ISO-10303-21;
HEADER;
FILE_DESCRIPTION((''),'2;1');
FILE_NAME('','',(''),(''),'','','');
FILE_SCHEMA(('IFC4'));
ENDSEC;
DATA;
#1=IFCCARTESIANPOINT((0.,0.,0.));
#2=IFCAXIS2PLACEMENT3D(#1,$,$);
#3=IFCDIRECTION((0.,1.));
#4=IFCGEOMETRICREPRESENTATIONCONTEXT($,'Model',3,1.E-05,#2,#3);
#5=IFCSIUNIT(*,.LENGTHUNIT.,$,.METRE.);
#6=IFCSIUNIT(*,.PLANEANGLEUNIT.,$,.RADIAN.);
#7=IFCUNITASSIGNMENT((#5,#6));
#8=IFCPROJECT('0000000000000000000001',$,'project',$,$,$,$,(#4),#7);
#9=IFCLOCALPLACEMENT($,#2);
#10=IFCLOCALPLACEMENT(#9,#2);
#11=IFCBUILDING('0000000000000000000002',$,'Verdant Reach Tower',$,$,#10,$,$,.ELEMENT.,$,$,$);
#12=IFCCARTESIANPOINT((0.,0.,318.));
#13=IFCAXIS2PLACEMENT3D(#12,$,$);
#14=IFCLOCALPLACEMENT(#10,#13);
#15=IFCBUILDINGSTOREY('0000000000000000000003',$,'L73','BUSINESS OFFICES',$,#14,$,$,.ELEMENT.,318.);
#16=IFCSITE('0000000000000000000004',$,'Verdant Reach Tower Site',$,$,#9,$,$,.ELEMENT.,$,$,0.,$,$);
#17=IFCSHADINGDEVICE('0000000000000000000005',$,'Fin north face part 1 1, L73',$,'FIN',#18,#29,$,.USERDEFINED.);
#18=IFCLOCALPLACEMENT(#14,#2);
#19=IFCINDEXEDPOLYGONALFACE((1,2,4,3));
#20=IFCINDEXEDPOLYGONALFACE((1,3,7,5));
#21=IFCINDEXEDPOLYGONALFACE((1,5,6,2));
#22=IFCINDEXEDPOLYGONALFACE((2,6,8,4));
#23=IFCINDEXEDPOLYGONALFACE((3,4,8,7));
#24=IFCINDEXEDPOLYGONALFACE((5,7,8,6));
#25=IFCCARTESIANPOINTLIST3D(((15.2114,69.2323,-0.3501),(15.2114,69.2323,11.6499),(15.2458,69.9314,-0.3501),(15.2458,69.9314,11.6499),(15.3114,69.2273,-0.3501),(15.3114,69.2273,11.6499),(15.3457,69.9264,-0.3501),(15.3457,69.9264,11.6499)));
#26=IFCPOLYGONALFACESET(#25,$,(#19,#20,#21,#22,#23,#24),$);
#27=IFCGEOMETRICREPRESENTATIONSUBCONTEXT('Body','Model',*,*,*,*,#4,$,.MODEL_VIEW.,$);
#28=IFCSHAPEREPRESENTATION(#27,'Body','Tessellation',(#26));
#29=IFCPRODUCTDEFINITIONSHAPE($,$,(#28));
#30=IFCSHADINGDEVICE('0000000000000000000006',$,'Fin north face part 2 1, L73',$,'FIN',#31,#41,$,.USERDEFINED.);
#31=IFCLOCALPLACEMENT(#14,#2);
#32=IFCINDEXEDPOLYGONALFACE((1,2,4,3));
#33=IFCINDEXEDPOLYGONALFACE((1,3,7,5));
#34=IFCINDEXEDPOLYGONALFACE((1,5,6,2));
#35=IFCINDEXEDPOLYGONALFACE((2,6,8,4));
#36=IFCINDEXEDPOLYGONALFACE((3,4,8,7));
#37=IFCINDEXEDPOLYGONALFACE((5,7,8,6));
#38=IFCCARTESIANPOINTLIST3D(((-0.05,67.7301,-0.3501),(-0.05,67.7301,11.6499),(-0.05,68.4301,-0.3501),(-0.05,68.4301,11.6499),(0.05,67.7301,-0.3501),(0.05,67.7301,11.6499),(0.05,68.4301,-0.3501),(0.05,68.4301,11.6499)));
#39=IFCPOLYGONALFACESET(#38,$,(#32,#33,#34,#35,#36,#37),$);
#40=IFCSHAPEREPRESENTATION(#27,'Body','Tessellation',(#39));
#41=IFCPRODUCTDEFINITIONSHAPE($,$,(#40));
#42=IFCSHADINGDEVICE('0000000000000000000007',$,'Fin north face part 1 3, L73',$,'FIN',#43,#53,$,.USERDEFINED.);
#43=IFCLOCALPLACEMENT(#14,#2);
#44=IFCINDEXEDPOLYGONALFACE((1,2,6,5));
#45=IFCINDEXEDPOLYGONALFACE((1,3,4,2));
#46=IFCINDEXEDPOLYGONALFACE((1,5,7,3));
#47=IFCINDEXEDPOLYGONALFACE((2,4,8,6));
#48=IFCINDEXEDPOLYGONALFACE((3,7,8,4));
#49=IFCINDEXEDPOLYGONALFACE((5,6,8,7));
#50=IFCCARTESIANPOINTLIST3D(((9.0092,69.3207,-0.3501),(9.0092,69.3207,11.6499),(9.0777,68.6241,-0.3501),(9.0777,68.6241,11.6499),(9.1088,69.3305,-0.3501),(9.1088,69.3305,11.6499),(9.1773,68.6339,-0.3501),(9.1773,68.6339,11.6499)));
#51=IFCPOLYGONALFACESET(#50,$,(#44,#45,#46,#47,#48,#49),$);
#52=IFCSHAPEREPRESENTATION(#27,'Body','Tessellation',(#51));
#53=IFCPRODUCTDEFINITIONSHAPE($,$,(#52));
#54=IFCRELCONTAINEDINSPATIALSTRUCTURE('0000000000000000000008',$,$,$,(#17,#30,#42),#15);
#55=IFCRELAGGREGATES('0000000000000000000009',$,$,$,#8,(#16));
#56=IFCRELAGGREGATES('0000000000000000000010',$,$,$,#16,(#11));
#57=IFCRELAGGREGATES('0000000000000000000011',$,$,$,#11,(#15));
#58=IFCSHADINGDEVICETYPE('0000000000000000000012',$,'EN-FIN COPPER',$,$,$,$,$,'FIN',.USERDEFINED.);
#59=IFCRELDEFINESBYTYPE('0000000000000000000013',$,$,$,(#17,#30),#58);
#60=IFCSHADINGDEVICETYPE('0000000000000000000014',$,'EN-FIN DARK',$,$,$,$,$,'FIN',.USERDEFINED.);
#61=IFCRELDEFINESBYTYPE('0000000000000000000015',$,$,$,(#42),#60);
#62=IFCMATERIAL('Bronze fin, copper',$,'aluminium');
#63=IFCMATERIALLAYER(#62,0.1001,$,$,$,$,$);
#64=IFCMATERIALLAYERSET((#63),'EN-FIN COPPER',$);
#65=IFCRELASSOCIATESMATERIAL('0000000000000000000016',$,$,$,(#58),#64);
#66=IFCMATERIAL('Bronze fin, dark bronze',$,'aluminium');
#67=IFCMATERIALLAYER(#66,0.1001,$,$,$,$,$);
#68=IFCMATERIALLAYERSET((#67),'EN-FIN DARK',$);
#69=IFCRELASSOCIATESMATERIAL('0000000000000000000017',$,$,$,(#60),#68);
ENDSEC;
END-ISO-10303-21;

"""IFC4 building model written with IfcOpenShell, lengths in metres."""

from ifc_helpers import new_model, si_unit, direction, frame, origin, origin_2d, place, context, subcontext, project, spatial, rectangle, extrude, material, layer, layer_set, type_object, element, save


model = new_model("IFC4")

# Units and contexts
model_context = context("Model", 3, precision=1e-05, world=origin(), true_north=direction((0.0, 1.0)))
body_context = subcontext(model_context, "Body", "Model", "MODEL_VIEW")
ifc_project = project(units=[si_unit("LENGTHUNIT", "METRE"), si_unit("PLANEANGLEUNIT", "RADIAN")], contexts=[model_context])

# Site, building, storey
site_placement = place(None, origin())
site = spatial("IfcSite", under=ifc_project, at=site_placement, Name="Verdant Reach Tower Site", CompositionType="ELEMENT", RefElevation=0.0)
building_placement = place(site_placement, origin())
building = spatial("IfcBuilding", under=site, at=building_placement, Name="Verdant Reach Tower", CompositionType="ELEMENT")
storey_placement = place(building_placement, frame((0.0, 0.0, 318.0)))
storey = spatial("IfcBuildingStorey", under=building, at=storey_placement, Name="L73", Description="BUSINESS OFFICES", CompositionType="ELEMENT", Elevation=318.0)

# Shading devices
ifc_material_1 = material(Name="Bronze fin, copper", Category="aluminium")
ifc_layer_1 = layer(ifc_material_1, 0.1001)
ifc_layer_set_1 = layer_set([ifc_layer_1], Name="EN-FIN COPPER")
shading_device_type_1 = type_object("IfcShadingDeviceType", Name="EN-FIN COPPER", ElementType="FIN", PredefinedType="USERDEFINED", material=ifc_layer_set_1)
for number, where, z_axis, x_axis, name in (
    (1, (15.2786, 69.5793, -0.3501), (0.0, 0.0, 1.0), (-0.998793, 0.049128, 0.0), "Fin north face part 1 1, L73"),
    (2, (0.0, 68.0801, -0.3501), (0.0, 0.0, 1.0), (-1.0, 0.0, 0.0), "Fin north face part 2 1, L73"),
):
    element("IfcShadingDevice", number, at=place(storey_placement, frame(where, z_axis=z_axis, x_axis=x_axis)), inside=storey, type_object=shading_device_type_1, Name=name, ObjectType="FIN", PredefinedType="USERDEFINED", context=body_context, shape_type="SweptSolid", body=[
        extrude(rectangle(XDim=0.1001, YDim=0.7, at=origin_2d()), origin(), (0.0, 0.0, 1.0), 12.0),
    ])
ifc_material_2 = material(Name="Bronze fin, dark bronze", Category="aluminium")
ifc_layer_2 = layer(ifc_material_2, 0.1001)
ifc_layer_set_2 = layer_set([ifc_layer_2], Name="EN-FIN DARK")
shading_device_type_2 = type_object("IfcShadingDeviceType", Name="EN-FIN DARK", ElementType="FIN", PredefinedType="USERDEFINED", material=ifc_layer_set_2)
shading_device_1_placement = place(storey_placement, frame((9.0933, 68.9773, -0.3501), z_axis=(0.0, 0.0, 1.0), x_axis=(-0.995197, -0.097888, 0.0)))
element("IfcShadingDevice", 3, at=shading_device_1_placement, inside=storey, type_object=shading_device_type_2, Name="Fin north face part 1 3, L73", ObjectType="FIN", PredefinedType="USERDEFINED", context=body_context, shape_type="SweptSolid", body=[
    extrude(rectangle(XDim=0.1001, YDim=0.7, at=origin_2d()), origin(), (0.0, 0.0, 1.0), 12.0),
])

save(model, "model.ifc")
